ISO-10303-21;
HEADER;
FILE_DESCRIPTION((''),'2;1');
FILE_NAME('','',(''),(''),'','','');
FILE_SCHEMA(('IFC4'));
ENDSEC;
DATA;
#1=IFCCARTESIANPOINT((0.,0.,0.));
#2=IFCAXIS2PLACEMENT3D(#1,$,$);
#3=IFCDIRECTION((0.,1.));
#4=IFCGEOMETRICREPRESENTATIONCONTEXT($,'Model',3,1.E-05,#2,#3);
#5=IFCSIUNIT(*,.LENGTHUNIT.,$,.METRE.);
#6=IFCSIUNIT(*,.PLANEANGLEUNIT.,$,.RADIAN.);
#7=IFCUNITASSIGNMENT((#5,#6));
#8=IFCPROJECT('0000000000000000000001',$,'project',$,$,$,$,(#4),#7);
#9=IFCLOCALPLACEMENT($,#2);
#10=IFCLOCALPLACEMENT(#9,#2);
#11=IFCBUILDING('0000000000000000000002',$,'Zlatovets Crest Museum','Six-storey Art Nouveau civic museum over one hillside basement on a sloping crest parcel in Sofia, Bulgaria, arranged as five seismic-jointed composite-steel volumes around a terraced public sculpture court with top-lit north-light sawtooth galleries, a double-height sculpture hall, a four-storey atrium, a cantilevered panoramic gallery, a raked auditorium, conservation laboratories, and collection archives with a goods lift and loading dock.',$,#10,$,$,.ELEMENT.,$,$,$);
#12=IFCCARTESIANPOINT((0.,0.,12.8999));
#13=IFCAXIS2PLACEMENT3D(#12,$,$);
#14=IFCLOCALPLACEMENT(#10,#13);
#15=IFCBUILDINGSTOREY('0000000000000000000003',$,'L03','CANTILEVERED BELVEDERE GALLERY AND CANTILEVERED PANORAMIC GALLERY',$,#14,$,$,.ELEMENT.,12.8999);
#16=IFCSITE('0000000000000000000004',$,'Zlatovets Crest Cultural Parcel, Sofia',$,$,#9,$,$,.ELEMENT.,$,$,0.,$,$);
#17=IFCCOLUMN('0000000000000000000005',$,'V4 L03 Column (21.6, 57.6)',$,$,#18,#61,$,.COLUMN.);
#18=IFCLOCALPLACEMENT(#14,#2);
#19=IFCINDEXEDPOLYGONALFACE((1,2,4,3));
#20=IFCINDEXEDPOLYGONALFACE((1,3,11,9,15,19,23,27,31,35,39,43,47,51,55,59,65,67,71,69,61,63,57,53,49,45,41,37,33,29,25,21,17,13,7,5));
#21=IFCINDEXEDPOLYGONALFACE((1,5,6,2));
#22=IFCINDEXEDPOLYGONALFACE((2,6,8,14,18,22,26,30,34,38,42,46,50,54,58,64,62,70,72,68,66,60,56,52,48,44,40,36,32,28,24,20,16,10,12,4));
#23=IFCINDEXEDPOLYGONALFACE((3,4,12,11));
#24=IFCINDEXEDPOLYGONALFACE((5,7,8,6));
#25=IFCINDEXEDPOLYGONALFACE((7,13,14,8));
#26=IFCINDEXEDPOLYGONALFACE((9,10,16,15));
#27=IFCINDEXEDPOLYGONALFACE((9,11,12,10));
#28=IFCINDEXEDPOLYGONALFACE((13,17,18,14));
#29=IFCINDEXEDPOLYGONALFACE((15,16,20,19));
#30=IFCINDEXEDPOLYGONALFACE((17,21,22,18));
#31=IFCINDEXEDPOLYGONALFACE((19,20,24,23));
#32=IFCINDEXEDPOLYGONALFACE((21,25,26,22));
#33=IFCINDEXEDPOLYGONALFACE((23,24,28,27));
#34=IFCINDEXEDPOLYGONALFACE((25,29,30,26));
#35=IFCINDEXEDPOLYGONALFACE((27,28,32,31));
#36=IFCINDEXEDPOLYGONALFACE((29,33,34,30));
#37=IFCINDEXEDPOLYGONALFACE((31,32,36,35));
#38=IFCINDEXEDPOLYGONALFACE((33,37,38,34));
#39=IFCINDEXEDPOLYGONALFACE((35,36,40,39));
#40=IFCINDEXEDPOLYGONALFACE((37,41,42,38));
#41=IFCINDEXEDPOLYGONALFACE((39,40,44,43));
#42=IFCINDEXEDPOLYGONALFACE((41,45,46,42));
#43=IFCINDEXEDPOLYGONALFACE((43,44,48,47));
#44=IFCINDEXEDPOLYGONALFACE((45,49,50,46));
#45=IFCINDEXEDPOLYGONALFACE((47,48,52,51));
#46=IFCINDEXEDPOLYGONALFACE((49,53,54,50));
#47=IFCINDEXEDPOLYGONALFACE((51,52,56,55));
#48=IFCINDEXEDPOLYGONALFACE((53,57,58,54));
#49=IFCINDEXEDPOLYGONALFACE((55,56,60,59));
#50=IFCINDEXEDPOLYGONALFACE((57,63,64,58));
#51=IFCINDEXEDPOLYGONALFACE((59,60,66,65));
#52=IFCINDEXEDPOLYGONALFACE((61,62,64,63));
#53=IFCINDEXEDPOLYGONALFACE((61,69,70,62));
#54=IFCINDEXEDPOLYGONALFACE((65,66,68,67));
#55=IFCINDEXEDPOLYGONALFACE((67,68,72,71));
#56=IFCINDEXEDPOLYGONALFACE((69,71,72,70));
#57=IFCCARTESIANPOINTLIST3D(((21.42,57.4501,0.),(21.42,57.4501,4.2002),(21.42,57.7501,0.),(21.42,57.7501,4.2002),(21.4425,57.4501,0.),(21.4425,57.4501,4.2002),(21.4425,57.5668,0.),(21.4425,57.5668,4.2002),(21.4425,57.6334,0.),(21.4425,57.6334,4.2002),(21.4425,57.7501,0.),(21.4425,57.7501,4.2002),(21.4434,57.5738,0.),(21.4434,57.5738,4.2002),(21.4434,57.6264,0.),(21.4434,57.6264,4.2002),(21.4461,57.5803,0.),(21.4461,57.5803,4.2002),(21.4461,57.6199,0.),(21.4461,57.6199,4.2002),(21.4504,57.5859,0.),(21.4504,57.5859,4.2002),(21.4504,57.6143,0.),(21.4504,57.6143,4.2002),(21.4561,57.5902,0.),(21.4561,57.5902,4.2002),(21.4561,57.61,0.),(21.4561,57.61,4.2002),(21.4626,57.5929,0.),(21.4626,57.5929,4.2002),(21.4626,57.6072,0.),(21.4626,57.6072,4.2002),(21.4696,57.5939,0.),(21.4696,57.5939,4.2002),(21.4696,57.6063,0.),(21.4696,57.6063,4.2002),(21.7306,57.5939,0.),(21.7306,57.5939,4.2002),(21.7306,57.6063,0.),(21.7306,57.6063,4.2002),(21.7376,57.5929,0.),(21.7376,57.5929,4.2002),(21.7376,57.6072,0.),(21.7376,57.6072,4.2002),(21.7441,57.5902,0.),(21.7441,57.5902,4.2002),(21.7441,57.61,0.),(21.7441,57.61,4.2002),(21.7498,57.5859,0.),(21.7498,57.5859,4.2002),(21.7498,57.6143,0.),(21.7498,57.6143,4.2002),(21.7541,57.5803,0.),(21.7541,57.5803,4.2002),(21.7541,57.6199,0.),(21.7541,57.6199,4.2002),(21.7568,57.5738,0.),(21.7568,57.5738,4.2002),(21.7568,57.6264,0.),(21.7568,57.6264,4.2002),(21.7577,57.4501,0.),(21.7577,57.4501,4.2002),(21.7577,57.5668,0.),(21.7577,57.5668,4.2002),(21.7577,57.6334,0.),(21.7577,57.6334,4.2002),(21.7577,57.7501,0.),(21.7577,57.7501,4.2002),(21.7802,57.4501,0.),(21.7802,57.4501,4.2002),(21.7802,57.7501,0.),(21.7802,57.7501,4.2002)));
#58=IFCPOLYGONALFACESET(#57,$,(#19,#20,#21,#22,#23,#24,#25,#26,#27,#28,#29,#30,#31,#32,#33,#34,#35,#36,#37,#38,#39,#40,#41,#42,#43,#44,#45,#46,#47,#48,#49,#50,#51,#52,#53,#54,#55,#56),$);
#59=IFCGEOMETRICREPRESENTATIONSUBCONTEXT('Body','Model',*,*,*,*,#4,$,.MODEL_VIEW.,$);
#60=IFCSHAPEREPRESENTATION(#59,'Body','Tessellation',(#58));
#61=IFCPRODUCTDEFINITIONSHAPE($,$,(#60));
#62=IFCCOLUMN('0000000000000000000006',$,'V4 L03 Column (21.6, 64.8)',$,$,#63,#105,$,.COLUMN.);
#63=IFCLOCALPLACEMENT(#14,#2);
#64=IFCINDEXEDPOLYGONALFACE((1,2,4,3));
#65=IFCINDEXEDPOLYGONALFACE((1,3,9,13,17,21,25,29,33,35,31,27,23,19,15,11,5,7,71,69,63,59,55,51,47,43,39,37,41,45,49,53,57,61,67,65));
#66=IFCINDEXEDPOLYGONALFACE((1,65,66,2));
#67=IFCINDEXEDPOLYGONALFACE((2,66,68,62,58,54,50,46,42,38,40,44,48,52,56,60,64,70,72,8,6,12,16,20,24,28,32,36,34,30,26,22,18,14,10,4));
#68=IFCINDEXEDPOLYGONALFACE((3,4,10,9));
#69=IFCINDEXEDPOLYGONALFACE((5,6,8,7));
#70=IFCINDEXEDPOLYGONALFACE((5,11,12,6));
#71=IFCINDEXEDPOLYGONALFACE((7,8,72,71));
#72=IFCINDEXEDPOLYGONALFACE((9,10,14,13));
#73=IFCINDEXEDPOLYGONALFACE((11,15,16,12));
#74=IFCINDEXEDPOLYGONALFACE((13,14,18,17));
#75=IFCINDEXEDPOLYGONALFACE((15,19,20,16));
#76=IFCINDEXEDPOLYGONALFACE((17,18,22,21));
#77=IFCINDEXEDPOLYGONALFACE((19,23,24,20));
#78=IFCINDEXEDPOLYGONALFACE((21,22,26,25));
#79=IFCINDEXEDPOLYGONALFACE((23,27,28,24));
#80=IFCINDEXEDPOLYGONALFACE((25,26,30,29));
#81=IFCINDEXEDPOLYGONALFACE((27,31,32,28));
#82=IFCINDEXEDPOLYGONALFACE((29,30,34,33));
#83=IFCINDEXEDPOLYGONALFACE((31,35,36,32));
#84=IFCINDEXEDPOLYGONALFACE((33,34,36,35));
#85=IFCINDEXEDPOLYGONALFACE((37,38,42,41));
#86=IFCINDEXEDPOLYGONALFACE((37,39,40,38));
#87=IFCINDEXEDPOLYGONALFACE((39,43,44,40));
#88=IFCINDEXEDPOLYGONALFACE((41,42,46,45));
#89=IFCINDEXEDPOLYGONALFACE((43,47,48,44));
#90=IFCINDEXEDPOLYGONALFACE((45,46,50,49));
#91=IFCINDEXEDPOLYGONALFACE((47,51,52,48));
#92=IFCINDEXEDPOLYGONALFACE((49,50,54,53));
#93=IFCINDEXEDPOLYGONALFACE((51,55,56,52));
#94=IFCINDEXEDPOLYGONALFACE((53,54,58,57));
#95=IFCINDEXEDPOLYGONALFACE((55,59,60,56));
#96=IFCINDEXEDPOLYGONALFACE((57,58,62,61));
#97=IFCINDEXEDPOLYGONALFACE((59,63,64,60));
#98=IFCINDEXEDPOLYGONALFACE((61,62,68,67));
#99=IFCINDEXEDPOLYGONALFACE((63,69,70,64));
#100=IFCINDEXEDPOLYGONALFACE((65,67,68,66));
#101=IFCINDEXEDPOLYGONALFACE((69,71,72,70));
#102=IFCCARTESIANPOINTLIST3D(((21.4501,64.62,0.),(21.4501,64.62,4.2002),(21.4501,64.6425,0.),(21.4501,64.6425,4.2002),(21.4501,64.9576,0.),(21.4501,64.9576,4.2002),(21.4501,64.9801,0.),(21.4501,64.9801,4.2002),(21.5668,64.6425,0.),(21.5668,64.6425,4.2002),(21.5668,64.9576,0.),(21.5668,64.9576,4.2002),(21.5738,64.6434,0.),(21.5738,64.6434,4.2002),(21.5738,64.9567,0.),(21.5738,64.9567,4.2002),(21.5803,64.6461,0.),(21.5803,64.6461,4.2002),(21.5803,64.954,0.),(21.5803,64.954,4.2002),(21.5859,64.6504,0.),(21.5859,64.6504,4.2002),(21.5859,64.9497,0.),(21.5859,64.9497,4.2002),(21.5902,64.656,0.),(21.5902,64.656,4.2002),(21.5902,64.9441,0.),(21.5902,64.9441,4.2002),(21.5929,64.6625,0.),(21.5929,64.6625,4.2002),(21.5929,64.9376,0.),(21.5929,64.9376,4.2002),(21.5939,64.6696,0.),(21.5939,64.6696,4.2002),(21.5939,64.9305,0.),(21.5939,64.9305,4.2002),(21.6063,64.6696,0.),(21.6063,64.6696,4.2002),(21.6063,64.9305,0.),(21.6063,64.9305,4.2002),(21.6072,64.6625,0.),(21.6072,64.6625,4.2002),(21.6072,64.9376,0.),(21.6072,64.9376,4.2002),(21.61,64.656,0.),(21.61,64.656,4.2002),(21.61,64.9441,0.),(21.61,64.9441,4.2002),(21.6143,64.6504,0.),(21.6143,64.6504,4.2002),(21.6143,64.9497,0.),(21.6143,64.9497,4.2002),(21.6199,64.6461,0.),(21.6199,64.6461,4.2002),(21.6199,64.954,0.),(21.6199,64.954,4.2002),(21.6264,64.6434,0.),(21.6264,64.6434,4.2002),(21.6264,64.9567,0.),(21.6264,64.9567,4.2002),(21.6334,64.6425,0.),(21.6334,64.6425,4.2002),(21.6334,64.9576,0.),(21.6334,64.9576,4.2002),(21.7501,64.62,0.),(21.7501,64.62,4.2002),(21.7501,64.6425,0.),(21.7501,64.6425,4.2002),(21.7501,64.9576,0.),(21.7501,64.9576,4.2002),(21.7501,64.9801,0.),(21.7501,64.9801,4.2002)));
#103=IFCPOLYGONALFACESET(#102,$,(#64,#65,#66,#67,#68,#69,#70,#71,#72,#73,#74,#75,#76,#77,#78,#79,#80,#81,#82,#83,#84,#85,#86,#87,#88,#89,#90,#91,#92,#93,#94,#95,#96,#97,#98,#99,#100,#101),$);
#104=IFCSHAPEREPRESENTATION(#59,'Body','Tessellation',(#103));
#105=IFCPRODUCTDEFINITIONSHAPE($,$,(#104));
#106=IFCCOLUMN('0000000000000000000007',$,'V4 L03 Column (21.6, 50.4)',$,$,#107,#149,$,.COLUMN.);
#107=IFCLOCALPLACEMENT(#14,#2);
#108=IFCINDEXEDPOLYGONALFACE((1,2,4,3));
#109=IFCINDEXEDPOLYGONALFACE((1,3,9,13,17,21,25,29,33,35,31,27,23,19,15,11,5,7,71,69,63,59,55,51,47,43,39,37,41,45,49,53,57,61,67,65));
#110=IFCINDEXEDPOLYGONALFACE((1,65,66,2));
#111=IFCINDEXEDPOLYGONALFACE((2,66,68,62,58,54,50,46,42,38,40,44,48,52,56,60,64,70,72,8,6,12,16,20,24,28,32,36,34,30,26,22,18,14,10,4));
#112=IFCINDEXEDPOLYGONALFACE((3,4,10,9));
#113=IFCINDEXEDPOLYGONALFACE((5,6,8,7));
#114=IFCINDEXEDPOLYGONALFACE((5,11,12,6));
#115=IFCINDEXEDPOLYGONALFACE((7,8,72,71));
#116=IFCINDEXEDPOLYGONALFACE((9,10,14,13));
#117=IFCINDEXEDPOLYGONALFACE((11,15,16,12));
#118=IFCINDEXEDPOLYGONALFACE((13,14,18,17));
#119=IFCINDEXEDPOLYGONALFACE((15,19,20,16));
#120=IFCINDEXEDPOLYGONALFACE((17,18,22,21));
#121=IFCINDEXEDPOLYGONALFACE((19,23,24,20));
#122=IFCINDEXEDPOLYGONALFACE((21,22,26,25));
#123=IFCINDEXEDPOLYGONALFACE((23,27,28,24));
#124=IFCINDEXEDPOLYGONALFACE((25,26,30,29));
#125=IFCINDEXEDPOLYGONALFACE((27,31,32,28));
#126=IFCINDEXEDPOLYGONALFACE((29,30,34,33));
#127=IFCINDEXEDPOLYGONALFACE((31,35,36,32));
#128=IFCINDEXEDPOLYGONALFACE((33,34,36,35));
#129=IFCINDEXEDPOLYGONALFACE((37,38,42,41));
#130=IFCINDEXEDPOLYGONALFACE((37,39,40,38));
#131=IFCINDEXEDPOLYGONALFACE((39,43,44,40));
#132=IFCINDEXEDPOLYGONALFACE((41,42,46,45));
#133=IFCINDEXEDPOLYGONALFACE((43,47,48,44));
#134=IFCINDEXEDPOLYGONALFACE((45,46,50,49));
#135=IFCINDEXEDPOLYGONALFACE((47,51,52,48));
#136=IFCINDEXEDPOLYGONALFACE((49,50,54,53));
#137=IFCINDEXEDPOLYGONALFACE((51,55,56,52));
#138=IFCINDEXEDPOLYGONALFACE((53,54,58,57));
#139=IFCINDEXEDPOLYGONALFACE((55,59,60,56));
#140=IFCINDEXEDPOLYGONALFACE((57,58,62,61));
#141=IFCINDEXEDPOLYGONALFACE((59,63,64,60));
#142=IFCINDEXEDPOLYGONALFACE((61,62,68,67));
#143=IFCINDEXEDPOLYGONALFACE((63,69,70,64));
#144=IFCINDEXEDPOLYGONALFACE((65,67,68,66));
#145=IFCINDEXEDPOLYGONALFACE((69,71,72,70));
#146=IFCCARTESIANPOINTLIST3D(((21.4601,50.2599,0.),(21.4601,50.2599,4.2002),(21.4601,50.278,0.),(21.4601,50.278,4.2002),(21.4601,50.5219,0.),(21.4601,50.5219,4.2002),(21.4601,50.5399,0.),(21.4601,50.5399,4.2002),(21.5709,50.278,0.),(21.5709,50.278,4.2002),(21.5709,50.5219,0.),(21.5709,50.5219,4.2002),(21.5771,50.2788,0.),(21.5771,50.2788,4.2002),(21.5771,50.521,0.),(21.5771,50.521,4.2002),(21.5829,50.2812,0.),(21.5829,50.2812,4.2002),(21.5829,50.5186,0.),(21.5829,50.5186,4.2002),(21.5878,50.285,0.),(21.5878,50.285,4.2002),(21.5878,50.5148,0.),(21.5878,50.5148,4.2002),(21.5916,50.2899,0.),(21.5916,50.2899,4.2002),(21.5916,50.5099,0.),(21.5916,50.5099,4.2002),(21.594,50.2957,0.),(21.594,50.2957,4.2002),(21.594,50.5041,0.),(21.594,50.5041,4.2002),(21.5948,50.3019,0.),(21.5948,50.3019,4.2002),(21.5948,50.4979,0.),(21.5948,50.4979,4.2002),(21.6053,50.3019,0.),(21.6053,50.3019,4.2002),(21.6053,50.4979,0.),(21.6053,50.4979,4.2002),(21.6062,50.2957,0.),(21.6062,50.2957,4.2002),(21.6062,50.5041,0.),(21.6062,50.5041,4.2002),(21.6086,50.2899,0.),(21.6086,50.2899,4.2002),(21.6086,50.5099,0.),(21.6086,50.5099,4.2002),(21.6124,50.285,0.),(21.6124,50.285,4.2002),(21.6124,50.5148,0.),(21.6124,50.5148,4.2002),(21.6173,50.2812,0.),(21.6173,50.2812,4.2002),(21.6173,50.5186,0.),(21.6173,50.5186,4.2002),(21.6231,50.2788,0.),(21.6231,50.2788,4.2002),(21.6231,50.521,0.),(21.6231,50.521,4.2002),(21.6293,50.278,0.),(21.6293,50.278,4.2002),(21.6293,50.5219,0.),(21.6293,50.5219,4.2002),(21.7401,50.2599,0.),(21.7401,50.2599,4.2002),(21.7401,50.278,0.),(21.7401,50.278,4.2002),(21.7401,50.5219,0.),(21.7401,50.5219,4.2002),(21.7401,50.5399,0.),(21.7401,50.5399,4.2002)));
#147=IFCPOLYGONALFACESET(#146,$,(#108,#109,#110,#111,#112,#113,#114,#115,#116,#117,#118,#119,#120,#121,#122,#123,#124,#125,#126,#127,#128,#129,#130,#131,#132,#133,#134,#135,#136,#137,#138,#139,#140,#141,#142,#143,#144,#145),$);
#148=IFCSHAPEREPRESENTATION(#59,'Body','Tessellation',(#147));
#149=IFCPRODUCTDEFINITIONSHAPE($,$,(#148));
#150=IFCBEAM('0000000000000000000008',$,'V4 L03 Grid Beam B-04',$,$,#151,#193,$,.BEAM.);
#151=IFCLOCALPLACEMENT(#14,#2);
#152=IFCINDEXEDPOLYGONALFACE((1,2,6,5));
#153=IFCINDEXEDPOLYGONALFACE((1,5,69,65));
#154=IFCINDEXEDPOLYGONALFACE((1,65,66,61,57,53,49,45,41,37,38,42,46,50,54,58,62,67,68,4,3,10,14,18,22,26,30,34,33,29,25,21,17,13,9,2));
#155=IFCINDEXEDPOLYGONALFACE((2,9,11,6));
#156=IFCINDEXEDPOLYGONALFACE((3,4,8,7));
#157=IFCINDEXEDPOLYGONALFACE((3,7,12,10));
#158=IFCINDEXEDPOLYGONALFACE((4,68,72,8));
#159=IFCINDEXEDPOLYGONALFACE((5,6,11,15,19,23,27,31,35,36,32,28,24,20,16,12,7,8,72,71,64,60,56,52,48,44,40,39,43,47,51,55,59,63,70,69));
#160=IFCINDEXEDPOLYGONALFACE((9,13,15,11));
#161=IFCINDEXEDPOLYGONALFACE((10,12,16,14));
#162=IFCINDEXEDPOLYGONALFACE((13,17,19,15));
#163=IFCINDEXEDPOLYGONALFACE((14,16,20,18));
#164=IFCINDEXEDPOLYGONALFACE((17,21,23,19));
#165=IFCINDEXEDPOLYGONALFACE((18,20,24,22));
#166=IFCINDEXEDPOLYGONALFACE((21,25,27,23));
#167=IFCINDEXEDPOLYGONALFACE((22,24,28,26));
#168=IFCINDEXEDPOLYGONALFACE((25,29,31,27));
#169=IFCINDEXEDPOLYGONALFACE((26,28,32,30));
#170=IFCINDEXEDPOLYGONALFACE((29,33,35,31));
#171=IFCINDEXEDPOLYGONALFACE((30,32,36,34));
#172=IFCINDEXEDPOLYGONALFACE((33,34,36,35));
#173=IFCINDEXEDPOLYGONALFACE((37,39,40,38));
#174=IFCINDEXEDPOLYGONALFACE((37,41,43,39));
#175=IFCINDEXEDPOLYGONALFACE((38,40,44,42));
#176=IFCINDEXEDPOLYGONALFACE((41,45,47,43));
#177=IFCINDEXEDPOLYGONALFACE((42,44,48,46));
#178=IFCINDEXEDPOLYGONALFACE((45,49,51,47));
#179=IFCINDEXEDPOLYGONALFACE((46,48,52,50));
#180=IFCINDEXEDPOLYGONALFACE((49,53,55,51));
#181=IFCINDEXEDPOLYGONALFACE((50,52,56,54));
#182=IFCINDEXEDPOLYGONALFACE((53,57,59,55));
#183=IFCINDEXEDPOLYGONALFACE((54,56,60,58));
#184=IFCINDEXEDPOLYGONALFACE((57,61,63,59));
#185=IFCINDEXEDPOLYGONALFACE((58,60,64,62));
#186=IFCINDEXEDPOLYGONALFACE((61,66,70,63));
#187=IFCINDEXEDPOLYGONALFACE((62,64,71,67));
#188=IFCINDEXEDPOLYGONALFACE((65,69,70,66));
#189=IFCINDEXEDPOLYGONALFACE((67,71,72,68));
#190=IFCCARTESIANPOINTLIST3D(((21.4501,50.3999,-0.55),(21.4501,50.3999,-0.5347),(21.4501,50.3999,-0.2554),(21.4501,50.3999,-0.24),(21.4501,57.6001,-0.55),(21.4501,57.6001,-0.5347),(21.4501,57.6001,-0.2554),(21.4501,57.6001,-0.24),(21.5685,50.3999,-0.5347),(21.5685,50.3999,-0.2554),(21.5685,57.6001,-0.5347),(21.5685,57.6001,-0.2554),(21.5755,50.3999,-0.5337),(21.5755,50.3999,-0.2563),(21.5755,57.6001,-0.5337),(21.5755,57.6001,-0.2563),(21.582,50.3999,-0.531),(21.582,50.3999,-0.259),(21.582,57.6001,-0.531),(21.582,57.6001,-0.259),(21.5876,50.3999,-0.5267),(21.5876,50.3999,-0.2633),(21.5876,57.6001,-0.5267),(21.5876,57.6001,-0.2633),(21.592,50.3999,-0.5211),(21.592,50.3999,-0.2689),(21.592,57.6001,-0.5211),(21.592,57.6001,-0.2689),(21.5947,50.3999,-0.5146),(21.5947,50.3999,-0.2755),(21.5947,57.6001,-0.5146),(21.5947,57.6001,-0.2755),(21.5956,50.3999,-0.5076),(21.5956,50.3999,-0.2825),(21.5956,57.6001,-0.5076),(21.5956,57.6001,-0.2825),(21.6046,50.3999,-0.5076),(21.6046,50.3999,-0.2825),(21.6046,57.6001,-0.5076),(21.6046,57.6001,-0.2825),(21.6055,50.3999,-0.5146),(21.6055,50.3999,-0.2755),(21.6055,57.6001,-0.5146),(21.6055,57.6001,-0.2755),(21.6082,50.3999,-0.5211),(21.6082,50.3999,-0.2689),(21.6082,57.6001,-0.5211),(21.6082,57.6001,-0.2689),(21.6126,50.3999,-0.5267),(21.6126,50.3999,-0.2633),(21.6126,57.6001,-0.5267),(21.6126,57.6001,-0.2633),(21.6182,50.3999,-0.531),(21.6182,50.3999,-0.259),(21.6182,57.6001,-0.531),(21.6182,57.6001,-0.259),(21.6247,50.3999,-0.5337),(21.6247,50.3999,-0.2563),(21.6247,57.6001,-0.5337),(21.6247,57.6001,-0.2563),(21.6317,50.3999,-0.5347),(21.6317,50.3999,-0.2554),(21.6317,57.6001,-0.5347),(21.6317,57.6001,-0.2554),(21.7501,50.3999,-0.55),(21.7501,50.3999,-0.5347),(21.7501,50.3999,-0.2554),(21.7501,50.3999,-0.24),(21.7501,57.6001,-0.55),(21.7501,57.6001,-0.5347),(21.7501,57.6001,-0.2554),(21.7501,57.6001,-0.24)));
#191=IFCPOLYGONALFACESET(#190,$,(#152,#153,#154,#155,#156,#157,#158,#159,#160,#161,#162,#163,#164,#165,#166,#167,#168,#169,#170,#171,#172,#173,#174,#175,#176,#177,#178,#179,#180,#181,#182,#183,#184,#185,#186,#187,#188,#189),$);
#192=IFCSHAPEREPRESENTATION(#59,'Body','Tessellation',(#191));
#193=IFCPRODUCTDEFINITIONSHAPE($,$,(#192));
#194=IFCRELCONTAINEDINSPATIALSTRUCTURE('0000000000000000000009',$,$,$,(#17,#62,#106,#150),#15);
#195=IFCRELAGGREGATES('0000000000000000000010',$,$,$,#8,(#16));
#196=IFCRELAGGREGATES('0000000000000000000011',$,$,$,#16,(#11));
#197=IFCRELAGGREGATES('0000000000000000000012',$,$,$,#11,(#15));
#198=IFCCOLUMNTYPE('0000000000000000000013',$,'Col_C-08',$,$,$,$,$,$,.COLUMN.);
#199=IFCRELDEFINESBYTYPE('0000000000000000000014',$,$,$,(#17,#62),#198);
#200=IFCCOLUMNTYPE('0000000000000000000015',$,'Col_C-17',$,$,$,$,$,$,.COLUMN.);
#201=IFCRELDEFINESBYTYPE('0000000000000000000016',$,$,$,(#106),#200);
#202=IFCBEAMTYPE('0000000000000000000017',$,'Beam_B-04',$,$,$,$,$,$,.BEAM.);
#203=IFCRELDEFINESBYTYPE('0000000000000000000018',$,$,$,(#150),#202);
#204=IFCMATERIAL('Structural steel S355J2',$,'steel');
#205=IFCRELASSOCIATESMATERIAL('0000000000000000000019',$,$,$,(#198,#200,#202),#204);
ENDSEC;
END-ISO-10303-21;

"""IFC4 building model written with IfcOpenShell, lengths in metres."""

from ifc_helpers import new_model, si_unit, direction, frame, origin, origin_2d, place, context, subcontext, project, spatial, i_section, extrude, material, material_profile, profile_set, type_object, element, save


model = new_model("IFC4")

# Units and contexts
model_context = context("Model", 3, precision=1e-05, world=origin(), true_north=direction((0.0, 1.0)))
body_context = subcontext(model_context, "Body", "Model", "MODEL_VIEW")
ifc_project = project(units=[si_unit("LENGTHUNIT", "METRE"), si_unit("PLANEANGLEUNIT", "RADIAN")], contexts=[model_context])

# Site, building, storey
site_placement = place(None, origin())
site = spatial("IfcSite", under=ifc_project, at=site_placement, Name="Zlatovets Crest Cultural Parcel, Sofia", CompositionType="ELEMENT", RefElevation=0.0)
building_placement = place(site_placement, origin())
building = spatial("IfcBuilding", under=site, at=building_placement, Name="Zlatovets Crest Museum", Description="Six-storey Art Nouveau civic museum over one hillside basement on a sloping crest parcel in Sofia, Bulgaria, arranged as five seismic-jointed composite-steel volumes around a terraced public sculpture court with top-lit north-light sawtooth galleries, a double-height sculpture hall, a four-storey atrium, a cantilevered panoramic gallery, a raked auditorium, conservation laboratories, and collection archives with a goods lift and loading dock.", CompositionType="ELEMENT")
storey_placement = place(building_placement, frame((0.0, 0.0, 12.8999)))
storey = spatial("IfcBuildingStorey", under=building, at=storey_placement, Name="L03", Description="CANTILEVERED BELVEDERE GALLERY AND CANTILEVERED PANORAMIC GALLERY", CompositionType="ELEMENT", Elevation=12.8999)

# Columns
ifc_material_1 = material(Name="Structural steel S355J2", Category="steel")
ifc_material_profile_1 = material_profile(ifc_material_1, i_section(OverallWidth=0.3, OverallDepth=0.3601, WebThickness=0.0125, FlangeThickness=0.0225, FilletRadius=0.0271, at=origin_2d()), Name="HEB 360")
ifc_profile_set_1 = profile_set([ifc_material_profile_1], Name="Structural steel S355J2")
column_type_1 = type_object("IfcColumnType", Name="Col_C-08", PredefinedType="COLUMN", material=ifc_profile_set_1)
for number, where, z_axis, x_axis, name in (
    (1, (21.6001, 57.6001, 0.0), (0.0, 0.0, 1.0), (0.0, 1.0, 0.0), "V4 L03 Column (21.6, 57.6)"),
    (2, (21.6001, 64.8, 0.0), (0.0, 0.0, 1.0), (1.0, 0.0, 0.0), "V4 L03 Column (21.6, 64.8)"),
):
    element("IfcColumn", number, at=place(storey_placement, frame(where, z_axis=z_axis, x_axis=x_axis)), inside=storey, type_object=column_type_1, Name=name, PredefinedType="COLUMN", context=body_context, shape_type="SweptSolid", body=[
        extrude(i_section(OverallWidth=0.3, OverallDepth=0.3601, WebThickness=0.0125, FlangeThickness=0.0225, FilletRadius=0.0271, at=origin_2d()), origin(), (0.0, 0.0, 1.0), 4.2002),
    ])
ifc_material_profile_2 = material_profile(ifc_material_1, i_section(OverallWidth=0.28, OverallDepth=0.28, WebThickness=0.0105, FlangeThickness=0.0181, FilletRadius=0.0239, at=origin_2d()), Name="HEB 280")
ifc_profile_set_2 = profile_set([ifc_material_profile_2], Name="Structural steel S355J2")
column_type_2 = type_object("IfcColumnType", Name="Col_C-17", PredefinedType="COLUMN", material=ifc_profile_set_2)
column_placement = place(storey_placement, frame((21.6001, 50.3999, 0.0), z_axis=(0.0, 0.0, 1.0), x_axis=(1.0, 0.0, 0.0)))
element("IfcColumn", 3, at=column_placement, inside=storey, type_object=column_type_2, Name="V4 L03 Column (21.6, 50.4)", PredefinedType="COLUMN", context=body_context, shape_type="SweptSolid", body=[
    extrude(i_section(OverallWidth=0.28, OverallDepth=0.28, WebThickness=0.0105, FlangeThickness=0.0181, FilletRadius=0.0239, at=origin_2d()), origin(), (0.0, 0.0, 1.0), 4.2002),
])

# Beam
ifc_material_profile_3 = material_profile(ifc_material_1, i_section(OverallWidth=0.3, OverallDepth=0.3101, WebThickness=0.009, FlangeThickness=0.0154, FilletRadius=0.0271, at=origin_2d()), Name="HEA 320")
ifc_profile_set_3 = profile_set([ifc_material_profile_3], Name="Structural steel S355J2")
beam_type_1 = type_object("IfcBeamType", Name="Beam_B-04", PredefinedType="BEAM", material=ifc_profile_set_3)
beam_1_placement = place(storey_placement, frame((21.6001, 50.3999, -0.395), z_axis=(0.0, 1.0, 0.0), x_axis=(-1.0, 0.0, 0.0)))
element("IfcBeam", 4, at=beam_1_placement, inside=storey, type_object=beam_type_1, Name="V4 L03 Grid Beam B-04", PredefinedType="BEAM", context=body_context, shape_type="SweptSolid", body=[
    extrude(i_section(OverallWidth=0.3, OverallDepth=0.3101, WebThickness=0.009, FlangeThickness=0.0154, FilletRadius=0.0271, at=origin_2d()), origin(), (0.0, 0.0, 1.0), 7.2002),
])

save(model, "model.ifc")
